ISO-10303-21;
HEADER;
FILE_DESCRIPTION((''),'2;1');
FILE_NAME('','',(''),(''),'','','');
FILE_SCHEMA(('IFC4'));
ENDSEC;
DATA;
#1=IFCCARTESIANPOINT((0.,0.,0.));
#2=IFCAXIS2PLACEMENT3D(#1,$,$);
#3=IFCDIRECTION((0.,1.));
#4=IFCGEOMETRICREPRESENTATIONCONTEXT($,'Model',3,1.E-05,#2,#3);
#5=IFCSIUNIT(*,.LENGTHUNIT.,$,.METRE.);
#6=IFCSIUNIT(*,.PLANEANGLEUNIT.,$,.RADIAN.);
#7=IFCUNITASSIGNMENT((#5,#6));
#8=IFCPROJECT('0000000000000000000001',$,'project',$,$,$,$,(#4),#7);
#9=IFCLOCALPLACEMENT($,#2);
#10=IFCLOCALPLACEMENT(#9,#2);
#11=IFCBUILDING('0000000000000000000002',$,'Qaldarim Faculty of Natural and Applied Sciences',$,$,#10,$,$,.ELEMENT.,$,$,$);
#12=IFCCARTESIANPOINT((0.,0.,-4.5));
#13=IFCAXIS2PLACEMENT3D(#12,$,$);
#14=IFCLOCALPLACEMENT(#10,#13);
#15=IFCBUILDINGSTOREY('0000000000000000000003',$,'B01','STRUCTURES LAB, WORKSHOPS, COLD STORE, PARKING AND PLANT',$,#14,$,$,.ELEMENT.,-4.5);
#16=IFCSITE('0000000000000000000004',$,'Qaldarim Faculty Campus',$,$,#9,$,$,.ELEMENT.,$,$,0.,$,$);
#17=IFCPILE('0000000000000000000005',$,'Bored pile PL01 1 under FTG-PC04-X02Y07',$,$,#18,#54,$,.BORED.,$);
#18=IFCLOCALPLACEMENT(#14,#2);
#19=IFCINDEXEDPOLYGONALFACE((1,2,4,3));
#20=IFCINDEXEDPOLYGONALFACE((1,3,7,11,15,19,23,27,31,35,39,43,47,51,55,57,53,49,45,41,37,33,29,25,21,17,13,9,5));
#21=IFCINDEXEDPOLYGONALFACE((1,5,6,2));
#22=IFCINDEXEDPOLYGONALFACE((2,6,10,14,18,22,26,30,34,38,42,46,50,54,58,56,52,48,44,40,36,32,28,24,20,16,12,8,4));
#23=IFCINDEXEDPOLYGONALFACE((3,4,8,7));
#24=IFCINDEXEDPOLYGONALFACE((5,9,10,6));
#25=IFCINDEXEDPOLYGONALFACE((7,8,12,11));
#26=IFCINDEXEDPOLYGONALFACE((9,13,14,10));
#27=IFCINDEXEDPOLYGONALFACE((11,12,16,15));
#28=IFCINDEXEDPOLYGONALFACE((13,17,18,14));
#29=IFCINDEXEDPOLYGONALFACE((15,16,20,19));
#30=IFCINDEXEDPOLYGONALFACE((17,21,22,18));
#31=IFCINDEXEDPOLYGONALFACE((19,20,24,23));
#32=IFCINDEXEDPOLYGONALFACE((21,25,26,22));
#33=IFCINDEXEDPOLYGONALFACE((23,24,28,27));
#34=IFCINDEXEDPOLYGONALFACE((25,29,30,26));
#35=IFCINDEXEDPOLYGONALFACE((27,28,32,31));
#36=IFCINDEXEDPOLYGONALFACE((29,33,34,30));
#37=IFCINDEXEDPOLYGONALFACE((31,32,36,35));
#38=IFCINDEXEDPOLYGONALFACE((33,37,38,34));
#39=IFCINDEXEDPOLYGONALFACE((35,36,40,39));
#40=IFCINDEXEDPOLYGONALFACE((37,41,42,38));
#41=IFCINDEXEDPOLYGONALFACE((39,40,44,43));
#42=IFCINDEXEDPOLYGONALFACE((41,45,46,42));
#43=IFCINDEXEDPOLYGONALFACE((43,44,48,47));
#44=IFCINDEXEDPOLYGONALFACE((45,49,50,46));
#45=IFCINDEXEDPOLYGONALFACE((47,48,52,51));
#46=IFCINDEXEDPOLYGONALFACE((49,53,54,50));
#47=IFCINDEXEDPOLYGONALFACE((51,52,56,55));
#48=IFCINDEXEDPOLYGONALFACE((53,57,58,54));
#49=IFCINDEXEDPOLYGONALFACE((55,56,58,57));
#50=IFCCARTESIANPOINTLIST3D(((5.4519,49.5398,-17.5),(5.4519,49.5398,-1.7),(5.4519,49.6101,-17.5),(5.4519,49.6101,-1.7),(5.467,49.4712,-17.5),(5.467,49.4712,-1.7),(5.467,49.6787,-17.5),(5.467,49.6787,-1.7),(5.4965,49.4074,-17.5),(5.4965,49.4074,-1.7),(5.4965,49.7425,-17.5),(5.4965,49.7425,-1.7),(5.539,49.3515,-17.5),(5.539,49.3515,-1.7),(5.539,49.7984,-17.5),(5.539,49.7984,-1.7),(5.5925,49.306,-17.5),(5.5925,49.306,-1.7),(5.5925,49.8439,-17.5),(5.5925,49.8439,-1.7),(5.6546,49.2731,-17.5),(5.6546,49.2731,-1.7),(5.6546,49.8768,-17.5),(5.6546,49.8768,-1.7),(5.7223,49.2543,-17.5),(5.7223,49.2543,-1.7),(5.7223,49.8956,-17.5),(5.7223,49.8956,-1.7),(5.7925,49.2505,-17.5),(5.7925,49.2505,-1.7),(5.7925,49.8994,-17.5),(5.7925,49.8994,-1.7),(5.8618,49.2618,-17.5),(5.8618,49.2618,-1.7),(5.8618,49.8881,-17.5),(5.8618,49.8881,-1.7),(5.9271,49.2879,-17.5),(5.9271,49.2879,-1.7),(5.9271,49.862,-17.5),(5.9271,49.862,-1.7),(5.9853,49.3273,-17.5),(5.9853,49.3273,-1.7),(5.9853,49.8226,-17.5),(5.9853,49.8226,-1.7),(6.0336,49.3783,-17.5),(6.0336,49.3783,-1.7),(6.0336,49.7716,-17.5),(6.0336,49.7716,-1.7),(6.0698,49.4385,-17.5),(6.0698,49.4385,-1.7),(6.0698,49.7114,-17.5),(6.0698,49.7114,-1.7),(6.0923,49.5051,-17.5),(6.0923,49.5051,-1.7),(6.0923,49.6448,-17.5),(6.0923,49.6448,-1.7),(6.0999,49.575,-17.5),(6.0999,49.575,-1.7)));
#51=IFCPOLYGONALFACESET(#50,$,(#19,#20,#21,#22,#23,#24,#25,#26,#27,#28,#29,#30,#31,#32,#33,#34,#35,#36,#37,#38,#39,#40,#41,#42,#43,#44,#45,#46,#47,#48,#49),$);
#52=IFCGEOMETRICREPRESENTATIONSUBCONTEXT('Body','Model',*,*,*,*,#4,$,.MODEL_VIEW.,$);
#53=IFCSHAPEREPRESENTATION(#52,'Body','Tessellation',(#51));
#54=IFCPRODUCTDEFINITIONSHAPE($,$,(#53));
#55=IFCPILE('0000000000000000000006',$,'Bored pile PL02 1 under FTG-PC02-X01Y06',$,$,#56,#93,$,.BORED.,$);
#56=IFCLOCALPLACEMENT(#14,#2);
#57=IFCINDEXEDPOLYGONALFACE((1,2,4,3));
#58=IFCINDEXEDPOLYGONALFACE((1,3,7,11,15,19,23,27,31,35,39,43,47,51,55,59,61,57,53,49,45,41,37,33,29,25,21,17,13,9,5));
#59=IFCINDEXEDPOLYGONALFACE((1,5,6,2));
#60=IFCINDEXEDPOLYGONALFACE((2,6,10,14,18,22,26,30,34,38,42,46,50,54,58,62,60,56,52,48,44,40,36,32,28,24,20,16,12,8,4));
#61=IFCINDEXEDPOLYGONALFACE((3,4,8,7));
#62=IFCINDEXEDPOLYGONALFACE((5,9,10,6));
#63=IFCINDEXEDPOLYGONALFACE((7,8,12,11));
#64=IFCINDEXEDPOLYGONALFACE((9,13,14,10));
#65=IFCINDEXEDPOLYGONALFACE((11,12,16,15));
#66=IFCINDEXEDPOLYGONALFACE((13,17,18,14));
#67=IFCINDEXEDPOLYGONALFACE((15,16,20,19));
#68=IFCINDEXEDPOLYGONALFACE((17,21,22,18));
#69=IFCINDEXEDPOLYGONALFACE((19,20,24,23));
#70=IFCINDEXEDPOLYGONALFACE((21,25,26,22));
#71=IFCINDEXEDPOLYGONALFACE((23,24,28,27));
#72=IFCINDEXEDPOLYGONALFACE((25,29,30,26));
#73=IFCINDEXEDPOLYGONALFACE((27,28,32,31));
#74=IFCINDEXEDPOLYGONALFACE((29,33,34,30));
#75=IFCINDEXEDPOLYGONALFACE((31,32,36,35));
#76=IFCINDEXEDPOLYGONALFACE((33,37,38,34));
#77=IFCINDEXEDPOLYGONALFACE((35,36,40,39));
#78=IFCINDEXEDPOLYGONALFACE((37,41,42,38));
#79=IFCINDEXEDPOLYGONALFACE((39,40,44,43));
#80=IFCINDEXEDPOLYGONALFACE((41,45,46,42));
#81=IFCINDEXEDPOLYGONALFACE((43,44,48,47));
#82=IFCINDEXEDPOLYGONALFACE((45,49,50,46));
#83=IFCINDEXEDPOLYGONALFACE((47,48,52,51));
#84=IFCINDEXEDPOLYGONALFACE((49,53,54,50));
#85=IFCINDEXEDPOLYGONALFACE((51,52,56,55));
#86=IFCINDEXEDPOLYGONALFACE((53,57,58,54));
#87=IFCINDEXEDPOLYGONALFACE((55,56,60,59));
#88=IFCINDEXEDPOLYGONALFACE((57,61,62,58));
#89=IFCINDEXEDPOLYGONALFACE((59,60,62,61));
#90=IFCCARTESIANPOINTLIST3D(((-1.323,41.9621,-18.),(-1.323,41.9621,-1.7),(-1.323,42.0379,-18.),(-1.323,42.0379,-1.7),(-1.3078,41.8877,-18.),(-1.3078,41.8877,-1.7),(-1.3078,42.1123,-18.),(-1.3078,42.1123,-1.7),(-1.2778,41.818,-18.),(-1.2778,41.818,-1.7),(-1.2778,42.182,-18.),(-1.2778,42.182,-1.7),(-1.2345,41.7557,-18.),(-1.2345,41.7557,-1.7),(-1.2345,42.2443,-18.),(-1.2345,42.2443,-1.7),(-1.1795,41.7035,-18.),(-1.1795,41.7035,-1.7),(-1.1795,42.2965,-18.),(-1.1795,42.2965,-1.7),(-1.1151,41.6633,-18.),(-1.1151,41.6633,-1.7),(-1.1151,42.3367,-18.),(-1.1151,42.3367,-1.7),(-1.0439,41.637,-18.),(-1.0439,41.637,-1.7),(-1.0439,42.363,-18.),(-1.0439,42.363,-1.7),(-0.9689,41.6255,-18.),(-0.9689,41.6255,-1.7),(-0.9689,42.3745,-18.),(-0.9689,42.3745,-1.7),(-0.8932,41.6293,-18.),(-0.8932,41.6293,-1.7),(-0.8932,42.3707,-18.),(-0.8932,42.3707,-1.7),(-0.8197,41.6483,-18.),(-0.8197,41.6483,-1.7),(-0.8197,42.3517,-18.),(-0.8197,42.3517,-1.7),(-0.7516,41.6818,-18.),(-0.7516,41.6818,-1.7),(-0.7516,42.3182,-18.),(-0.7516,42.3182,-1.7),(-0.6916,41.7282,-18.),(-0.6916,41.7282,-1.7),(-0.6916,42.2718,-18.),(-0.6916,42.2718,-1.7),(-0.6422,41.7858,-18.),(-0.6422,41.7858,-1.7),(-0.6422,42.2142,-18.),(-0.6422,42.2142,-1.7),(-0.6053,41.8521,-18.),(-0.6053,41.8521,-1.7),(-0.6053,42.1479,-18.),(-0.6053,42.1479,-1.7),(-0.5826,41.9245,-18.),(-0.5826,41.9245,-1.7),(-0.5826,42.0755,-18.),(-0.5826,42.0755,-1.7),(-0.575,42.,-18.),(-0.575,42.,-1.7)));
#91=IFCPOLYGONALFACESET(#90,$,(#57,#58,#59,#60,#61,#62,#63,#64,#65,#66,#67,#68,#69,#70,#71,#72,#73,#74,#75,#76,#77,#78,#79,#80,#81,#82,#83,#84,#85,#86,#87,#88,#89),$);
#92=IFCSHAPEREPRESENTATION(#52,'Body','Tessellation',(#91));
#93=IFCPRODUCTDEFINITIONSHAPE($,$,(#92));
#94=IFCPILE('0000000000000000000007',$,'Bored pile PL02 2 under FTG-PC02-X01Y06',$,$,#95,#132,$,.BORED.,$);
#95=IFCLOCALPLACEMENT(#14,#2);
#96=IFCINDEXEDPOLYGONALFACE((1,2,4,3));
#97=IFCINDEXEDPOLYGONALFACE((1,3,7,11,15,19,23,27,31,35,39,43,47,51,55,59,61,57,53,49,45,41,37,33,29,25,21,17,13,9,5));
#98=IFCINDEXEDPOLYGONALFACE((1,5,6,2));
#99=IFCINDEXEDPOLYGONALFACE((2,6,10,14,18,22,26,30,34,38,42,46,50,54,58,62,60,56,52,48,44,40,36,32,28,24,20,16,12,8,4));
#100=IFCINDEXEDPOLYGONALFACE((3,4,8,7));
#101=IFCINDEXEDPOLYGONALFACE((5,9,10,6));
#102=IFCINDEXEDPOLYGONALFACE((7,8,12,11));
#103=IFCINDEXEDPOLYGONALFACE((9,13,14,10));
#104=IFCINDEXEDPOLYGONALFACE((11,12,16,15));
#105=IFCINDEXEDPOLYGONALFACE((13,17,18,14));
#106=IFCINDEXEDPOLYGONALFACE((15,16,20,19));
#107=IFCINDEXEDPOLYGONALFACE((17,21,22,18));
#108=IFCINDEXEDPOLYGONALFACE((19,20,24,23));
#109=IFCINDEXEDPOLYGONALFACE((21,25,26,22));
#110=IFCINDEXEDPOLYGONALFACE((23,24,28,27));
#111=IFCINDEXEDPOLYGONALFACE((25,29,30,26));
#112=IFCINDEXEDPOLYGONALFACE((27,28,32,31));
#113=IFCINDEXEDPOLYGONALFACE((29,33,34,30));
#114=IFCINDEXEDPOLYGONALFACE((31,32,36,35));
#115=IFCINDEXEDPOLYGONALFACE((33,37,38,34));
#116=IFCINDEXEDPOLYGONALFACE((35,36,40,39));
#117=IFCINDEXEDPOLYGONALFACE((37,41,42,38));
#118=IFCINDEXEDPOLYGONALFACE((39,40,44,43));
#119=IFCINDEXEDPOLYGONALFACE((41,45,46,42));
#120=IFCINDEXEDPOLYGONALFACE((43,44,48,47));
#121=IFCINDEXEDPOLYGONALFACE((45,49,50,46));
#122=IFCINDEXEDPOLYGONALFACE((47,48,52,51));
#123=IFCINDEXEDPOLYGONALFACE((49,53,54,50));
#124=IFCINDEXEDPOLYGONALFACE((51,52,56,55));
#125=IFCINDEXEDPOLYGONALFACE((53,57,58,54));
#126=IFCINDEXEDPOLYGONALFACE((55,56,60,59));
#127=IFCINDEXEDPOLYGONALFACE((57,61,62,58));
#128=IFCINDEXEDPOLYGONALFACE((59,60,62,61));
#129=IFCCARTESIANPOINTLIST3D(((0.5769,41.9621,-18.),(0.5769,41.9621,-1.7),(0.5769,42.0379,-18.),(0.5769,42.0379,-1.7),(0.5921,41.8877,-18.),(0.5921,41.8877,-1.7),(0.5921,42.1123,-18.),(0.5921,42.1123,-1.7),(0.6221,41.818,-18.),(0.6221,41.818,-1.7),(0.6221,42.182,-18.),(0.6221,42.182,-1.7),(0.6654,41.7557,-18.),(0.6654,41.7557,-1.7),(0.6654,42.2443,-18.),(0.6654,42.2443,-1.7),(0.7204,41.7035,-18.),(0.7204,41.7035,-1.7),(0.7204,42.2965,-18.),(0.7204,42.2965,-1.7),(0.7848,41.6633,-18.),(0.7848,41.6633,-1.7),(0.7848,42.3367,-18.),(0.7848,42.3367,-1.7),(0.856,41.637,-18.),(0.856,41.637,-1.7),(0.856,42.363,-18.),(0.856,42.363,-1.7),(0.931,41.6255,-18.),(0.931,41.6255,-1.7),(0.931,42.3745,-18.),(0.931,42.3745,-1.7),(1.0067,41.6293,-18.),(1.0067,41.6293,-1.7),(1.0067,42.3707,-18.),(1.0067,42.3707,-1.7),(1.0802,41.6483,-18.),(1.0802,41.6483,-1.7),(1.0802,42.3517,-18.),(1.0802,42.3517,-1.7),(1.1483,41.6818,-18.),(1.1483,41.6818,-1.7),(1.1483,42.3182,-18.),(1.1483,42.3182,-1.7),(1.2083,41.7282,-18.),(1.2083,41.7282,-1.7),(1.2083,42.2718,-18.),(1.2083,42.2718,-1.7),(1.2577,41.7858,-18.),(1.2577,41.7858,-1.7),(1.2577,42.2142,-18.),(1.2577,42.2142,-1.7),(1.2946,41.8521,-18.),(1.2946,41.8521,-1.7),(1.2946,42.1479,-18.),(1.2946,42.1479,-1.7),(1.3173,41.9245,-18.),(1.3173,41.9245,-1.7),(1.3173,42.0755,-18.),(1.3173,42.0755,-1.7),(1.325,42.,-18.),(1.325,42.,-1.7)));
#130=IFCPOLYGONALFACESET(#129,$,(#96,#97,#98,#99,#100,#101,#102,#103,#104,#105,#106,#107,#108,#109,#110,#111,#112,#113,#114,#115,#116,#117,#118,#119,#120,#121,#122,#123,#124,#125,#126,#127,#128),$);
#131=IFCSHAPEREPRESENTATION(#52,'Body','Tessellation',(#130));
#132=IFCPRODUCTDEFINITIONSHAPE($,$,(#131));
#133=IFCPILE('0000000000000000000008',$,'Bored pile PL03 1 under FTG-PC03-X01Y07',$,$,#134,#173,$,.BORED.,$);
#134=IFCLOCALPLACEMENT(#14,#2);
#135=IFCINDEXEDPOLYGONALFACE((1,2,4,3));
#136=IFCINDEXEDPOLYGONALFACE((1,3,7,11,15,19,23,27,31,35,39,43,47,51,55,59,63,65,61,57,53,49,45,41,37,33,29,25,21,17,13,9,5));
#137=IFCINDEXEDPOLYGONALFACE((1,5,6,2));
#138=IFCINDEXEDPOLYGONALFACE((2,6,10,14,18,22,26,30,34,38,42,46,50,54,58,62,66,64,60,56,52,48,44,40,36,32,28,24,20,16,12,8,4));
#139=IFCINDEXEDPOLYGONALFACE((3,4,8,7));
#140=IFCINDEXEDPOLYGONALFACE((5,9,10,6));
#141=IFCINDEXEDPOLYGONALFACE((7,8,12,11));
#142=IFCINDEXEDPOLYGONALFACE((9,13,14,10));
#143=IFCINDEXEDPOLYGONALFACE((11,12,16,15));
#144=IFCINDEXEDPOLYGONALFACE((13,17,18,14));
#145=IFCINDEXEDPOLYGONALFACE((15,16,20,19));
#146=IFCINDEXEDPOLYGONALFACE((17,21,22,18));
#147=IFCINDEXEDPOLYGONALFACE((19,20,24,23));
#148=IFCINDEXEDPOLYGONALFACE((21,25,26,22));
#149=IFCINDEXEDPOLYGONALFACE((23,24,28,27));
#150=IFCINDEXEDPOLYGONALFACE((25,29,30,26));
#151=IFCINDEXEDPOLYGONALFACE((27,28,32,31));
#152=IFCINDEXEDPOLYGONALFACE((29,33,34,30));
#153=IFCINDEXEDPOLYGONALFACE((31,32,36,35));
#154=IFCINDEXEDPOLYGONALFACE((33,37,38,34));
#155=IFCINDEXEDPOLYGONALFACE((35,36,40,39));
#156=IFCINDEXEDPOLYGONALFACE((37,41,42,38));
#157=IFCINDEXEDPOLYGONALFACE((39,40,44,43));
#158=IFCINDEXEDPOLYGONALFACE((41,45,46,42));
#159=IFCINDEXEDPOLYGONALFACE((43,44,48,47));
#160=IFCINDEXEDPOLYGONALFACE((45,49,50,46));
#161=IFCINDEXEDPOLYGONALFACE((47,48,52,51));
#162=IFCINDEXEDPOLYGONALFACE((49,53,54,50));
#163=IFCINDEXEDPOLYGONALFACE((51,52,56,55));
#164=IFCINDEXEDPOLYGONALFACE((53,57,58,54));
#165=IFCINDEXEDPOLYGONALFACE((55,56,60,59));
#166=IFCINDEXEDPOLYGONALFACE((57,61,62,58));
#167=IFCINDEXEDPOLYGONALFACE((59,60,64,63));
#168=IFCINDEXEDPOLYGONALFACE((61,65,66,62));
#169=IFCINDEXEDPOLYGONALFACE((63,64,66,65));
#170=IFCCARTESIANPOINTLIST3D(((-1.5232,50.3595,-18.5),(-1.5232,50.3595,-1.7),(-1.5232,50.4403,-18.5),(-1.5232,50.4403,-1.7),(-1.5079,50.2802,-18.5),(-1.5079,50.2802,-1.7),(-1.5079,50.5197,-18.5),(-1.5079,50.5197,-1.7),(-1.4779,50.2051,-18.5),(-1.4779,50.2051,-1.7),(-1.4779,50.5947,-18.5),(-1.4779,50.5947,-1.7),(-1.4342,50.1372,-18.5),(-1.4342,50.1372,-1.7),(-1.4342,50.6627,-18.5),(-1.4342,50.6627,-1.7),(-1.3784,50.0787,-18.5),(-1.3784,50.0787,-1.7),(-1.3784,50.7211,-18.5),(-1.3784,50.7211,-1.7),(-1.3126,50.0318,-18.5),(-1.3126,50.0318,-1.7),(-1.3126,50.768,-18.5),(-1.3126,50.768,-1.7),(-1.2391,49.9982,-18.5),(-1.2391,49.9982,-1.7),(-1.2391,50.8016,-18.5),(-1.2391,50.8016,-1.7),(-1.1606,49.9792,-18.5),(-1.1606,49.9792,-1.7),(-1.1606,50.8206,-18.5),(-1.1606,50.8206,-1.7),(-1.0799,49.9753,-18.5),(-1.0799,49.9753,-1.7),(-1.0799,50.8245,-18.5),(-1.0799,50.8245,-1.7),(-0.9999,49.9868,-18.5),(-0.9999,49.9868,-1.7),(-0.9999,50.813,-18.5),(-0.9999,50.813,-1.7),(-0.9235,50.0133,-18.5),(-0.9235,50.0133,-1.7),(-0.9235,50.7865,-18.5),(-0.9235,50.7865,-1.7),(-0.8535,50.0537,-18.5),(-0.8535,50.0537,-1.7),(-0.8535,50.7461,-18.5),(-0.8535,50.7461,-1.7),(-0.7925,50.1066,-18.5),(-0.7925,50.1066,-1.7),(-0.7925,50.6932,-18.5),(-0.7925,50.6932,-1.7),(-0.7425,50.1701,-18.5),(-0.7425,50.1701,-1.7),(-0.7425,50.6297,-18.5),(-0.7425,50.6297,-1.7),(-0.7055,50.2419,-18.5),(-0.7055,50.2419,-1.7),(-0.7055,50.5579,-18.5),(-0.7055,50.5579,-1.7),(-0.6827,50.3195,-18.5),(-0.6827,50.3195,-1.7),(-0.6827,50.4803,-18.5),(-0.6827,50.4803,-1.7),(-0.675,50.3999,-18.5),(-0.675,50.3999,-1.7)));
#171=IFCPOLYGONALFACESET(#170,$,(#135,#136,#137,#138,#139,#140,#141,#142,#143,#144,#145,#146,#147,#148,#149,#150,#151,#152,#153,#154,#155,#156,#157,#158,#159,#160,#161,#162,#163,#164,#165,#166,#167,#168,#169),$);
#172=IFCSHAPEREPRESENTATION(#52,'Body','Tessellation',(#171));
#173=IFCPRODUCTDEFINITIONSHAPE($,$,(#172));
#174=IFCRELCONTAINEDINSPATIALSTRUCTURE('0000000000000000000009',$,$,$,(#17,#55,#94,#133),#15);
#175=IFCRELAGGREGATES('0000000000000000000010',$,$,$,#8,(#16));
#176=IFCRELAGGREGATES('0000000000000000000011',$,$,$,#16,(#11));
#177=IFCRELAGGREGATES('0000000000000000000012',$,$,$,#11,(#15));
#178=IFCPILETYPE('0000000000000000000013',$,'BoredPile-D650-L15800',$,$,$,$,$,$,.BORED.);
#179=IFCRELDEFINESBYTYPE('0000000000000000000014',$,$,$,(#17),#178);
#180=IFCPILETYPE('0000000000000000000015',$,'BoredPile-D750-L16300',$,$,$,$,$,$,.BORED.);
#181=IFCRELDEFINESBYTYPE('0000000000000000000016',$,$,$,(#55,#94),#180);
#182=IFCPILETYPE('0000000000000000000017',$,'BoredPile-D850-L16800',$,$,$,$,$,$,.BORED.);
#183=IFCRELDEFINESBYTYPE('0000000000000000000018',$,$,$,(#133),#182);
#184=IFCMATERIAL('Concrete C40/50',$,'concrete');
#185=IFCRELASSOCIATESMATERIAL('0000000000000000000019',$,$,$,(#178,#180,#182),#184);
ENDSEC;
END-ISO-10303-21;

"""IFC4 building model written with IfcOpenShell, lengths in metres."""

from ifc_helpers import new_model, si_unit, direction, frame, origin, origin_2d, place, context, subcontext, project, spatial, circle, extrude, material, material_profile, profile_set, type_object, element, save


model = new_model("IFC4")

# Units and contexts
model_context = context("Model", 3, precision=1e-05, world=origin(), true_north=direction((0.0, 1.0)))
body_context = subcontext(model_context, "Body", "Model", "MODEL_VIEW")
ifc_project = project(units=[si_unit("LENGTHUNIT", "METRE"), si_unit("PLANEANGLEUNIT", "RADIAN")], contexts=[model_context])

# Site, building, storey
site_placement = place(None, origin())
site = spatial("IfcSite", under=ifc_project, at=site_placement, Name="Qaldarim Faculty Campus", CompositionType="ELEMENT", RefElevation=0.0)
building_placement = place(site_placement, origin())
building = spatial("IfcBuilding", under=site, at=building_placement, Name="Qaldarim Faculty of Natural and Applied Sciences", CompositionType="ELEMENT")
storey_placement = place(building_placement, frame((0.0, 0.0, -4.5)))
storey = spatial("IfcBuildingStorey", under=building, at=storey_placement, Name="B01", Description="STRUCTURES LAB, WORKSHOPS, COLD STORE, PARKING AND PLANT", CompositionType="ELEMENT", Elevation=-4.5)

# Piles
ifc_material_1 = material(Name="Concrete C40/50", Category="concrete")
ifc_material_profile_1 = material_profile(ifc_material_1, circle(Radius=0.325, at=origin_2d()), Name="PILE-D650")
ifc_profile_set_1 = profile_set([ifc_material_profile_1], Name="Concrete C40/50")
pile_type_1 = type_object("IfcPileType", Name="BoredPile-D650-L15800", PredefinedType="BORED", material=ifc_profile_set_1)
pile_placement = place(storey_placement, frame((5.7749, 49.575, -1.7), z_axis=(0.0, 0.0, -1.0), x_axis=(1.0, 0.0, 0.0)))
element("IfcPile", 1, at=pile_placement, inside=storey, type_object=pile_type_1, Name="Bored pile PL01 1 under FTG-PC04-X02Y07", PredefinedType="BORED", context=body_context, shape_type="SweptSolid", body=[
    extrude(circle(Radius=0.325, at=origin_2d()), origin(), (0.0, 0.0, 1.0), 15.8),
])
ifc_material_profile_2 = material_profile(ifc_material_1, circle(Radius=0.375, at=origin_2d()), Name="PILE-D750")
ifc_profile_set_2 = profile_set([ifc_material_profile_2], Name="Concrete C40/50")
pile_type_2 = type_object("IfcPileType", Name="BoredPile-D750-L16300", PredefinedType="BORED", material=ifc_profile_set_2)
for number, where, z_axis, x_axis, name in (
    (2, (-0.95, 42.0, -1.7), (0.0, 0.0, -1.0), (1.0, 0.0, 0.0), "Bored pile PL02 1 under FTG-PC02-X01Y06"),
    (3, (0.95, 42.0, -1.7), (0.0, 0.0, -1.0), (1.0, 0.0, 0.0), "Bored pile PL02 2 under FTG-PC02-X01Y06"),
):
    element("IfcPile", number, at=place(storey_placement, frame(where, z_axis=z_axis, x_axis=x_axis)), inside=storey, type_object=pile_type_2, Name=name, PredefinedType="BORED", context=body_context, shape_type="SweptSolid", body=[
        extrude(circle(Radius=0.375, at=origin_2d()), origin(), (0.0, 0.0, 1.0), 16.3),
    ])
ifc_material_profile_3 = material_profile(ifc_material_1, circle(Radius=0.425, at=origin_2d()), Name="PILE-D850")
ifc_profile_set_3 = profile_set([ifc_material_profile_3], Name="Concrete C40/50")
pile_type_3 = type_object("IfcPileType", Name="BoredPile-D850-L16800", PredefinedType="BORED", material=ifc_profile_set_3)
for number, where, z_axis, x_axis, name in (
    (4, (-1.1001, 50.3999, -1.7), (0.0, 0.0, -1.0), (1.0, 0.0, 0.0), "Bored pile PL03 1 under FTG-PC03-X01Y07"),
):
    element("IfcPile", number, at=place(storey_placement, frame(where, z_axis=z_axis, x_axis=x_axis)), inside=storey, type_object=pile_type_3, Name=name, PredefinedType="BORED", context=body_context, shape_type="SweptSolid", body=[
        extrude(circle(Radius=0.425, at=origin_2d()), origin(), (0.0, 0.0, 1.0), 16.8),
    ])

save(model, "model.ifc")
